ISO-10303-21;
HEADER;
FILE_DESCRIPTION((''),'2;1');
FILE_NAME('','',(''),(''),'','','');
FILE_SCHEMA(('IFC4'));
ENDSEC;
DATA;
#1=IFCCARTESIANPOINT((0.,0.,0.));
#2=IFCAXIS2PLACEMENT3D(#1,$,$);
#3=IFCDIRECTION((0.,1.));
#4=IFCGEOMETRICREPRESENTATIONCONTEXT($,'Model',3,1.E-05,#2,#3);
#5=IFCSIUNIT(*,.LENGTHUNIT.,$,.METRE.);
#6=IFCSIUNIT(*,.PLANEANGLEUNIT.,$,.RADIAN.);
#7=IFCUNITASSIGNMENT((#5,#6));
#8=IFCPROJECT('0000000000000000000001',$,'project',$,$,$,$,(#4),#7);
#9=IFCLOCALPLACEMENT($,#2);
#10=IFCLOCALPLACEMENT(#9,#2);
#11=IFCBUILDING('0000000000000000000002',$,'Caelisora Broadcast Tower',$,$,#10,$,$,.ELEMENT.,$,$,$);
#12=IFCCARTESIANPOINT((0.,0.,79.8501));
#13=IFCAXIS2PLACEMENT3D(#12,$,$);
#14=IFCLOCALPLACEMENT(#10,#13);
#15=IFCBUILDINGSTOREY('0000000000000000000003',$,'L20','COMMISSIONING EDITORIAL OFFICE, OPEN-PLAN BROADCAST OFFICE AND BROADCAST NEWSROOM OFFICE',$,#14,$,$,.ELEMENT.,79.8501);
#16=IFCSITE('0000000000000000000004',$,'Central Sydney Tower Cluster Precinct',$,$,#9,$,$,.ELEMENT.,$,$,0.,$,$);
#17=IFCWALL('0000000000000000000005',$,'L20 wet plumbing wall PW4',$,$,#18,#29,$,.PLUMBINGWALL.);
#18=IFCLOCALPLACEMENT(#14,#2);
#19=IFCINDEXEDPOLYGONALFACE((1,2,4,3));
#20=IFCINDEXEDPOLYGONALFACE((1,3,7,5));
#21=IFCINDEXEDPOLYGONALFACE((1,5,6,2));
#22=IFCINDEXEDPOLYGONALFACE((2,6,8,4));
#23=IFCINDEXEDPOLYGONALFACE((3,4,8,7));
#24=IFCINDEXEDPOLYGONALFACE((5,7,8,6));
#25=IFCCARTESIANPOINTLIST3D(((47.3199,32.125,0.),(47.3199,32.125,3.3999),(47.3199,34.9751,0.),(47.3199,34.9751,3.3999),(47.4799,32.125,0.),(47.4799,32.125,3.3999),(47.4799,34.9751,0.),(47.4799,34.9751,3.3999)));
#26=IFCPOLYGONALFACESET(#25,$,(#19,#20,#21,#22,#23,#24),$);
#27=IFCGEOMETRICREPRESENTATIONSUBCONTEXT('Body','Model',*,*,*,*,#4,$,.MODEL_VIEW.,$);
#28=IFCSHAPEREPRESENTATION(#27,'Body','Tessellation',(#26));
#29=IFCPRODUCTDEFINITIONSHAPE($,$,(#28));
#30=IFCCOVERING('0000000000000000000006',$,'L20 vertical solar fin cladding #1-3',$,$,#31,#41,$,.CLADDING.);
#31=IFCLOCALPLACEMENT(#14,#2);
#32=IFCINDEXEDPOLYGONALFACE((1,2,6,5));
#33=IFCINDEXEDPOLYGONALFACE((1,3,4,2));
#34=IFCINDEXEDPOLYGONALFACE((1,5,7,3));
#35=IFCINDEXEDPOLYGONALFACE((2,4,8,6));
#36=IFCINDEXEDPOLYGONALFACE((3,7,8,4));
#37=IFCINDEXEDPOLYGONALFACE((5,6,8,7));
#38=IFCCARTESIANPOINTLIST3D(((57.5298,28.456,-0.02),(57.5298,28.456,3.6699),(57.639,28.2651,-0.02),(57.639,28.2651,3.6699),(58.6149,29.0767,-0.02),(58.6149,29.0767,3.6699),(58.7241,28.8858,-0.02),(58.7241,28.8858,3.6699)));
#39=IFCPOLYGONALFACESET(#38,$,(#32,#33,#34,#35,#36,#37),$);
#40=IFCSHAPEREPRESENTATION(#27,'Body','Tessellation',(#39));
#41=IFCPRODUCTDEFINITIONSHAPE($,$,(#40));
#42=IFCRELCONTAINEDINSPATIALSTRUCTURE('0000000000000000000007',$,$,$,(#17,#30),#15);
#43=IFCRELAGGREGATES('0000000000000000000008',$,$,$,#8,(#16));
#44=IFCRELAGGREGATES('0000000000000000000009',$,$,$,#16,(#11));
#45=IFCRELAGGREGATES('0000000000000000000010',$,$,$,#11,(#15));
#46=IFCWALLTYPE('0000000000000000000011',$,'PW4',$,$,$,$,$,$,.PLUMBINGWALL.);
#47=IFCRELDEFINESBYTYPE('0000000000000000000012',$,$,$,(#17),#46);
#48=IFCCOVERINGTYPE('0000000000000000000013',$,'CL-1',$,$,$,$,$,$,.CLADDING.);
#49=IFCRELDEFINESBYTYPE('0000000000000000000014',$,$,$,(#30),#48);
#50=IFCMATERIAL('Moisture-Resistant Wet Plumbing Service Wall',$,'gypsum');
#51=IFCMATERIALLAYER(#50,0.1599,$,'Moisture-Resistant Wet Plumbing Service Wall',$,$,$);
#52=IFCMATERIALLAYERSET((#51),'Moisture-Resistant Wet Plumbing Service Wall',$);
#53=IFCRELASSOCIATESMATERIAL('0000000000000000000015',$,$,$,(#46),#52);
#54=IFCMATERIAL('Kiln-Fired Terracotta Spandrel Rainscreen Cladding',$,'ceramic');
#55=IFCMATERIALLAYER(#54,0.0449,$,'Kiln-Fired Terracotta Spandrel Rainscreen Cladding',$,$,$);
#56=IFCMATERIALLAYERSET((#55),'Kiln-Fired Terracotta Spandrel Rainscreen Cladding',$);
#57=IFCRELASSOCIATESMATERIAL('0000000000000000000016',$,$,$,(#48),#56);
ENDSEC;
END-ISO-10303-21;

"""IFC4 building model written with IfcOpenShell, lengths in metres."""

from ifc_helpers import new_model, si_unit, direction, frame, frame_2d, origin, origin_2d, place, context, subcontext, project, spatial, rectangle, extrude, source, transform, mapped, material, layer, layer_set, type_object, type_shapes, element, save


model = new_model("IFC4")

# Units and contexts
model_context = context("Model", 3, precision=1e-05, world=origin(), true_north=direction((0.0, 1.0)))
body_context = subcontext(model_context, "Body", "Model", "MODEL_VIEW")
ifc_project = project(units=[si_unit("LENGTHUNIT", "METRE"), si_unit("PLANEANGLEUNIT", "RADIAN")], contexts=[model_context])

# Site, building, storey
site_placement = place(None, origin())
site = spatial("IfcSite", under=ifc_project, at=site_placement, Name="Central Sydney Tower Cluster Precinct", CompositionType="ELEMENT", RefElevation=0.0)
building_placement = place(site_placement, origin())
building = spatial("IfcBuilding", under=site, at=building_placement, Name="Caelisora Broadcast Tower", CompositionType="ELEMENT")
storey_placement = place(building_placement, frame((0.0, 0.0, 79.8501)))
storey = spatial("IfcBuildingStorey", under=building, at=storey_placement, Name="L20", Description="COMMISSIONING EDITORIAL OFFICE, OPEN-PLAN BROADCAST OFFICE AND BROADCAST NEWSROOM OFFICE", CompositionType="ELEMENT", Elevation=79.8501)

# Wall
ifc_material_1 = material(Name="Moisture-Resistant Wet Plumbing Service Wall", Category="gypsum")
ifc_layer_1 = layer(ifc_material_1, 0.1599, Name="Moisture-Resistant Wet Plumbing Service Wall")
ifc_layer_set_1 = layer_set([ifc_layer_1], Name="Moisture-Resistant Wet Plumbing Service Wall")
wall_type_1 = type_object("IfcWallType", Name="PW4", PredefinedType="PLUMBINGWALL", material=ifc_layer_set_1)
wall_1_placement = place(storey_placement, frame((47.3999, 32.125, 0.0), z_axis=(0.0, 0.0, 1.0), x_axis=(0.0, 1.0, 0.0)))
element("IfcWall", 1, at=wall_1_placement, inside=storey, type_object=wall_type_1, Name="L20 wet plumbing wall PW4", PredefinedType="PLUMBINGWALL", context=body_context, shape_type="SweptSolid", body=[
    extrude(rectangle(XDim=2.8501, YDim=0.1599, at=frame_2d((1.425, 0.0))), origin(), (0.0, 0.0, 1.0), 3.3999),
])

# Covering
ifc_material_2 = material(Name="Kiln-Fired Terracotta Spandrel Rainscreen Cladding", Category="ceramic")
ifc_layer_2 = layer(ifc_material_2, 0.0449, Name="Kiln-Fired Terracotta Spandrel Rainscreen Cladding")
ifc_layer_set_2 = layer_set([ifc_layer_2], Name="Kiln-Fired Terracotta Spandrel Rainscreen Cladding")
covering_type = type_object("IfcCoveringType", Name="CL-1", PredefinedType="CLADDING", material=ifc_layer_set_2)
shared_shape_1 = source(origin(), body_context, "Body", "SweptSolid", [
    extrude(rectangle(XDim=0.22, YDim=1.25, at=origin_2d()), origin(), (0.0, 0.0, 1.0), 3.6899),
])
type_shapes(covering_type, [shared_shape_1])
covering_placement = place(storey_placement, frame((58.127, 28.6709, -0.02), z_axis=(0.0, 0.0, 1.0), x_axis=(0.49652, -0.868026, 0.0)))
element("IfcCovering", 2, at=covering_placement, inside=storey, type_object=covering_type, Name="L20 vertical solar fin cladding #1-3", PredefinedType="CLADDING", context=body_context, shape_type="MappedRepresentation", body=[
    mapped(shared_shape_1, transform((0.0, 0.0, 0.0), scale=1.0)),
])

save(model, "model.ifc")
